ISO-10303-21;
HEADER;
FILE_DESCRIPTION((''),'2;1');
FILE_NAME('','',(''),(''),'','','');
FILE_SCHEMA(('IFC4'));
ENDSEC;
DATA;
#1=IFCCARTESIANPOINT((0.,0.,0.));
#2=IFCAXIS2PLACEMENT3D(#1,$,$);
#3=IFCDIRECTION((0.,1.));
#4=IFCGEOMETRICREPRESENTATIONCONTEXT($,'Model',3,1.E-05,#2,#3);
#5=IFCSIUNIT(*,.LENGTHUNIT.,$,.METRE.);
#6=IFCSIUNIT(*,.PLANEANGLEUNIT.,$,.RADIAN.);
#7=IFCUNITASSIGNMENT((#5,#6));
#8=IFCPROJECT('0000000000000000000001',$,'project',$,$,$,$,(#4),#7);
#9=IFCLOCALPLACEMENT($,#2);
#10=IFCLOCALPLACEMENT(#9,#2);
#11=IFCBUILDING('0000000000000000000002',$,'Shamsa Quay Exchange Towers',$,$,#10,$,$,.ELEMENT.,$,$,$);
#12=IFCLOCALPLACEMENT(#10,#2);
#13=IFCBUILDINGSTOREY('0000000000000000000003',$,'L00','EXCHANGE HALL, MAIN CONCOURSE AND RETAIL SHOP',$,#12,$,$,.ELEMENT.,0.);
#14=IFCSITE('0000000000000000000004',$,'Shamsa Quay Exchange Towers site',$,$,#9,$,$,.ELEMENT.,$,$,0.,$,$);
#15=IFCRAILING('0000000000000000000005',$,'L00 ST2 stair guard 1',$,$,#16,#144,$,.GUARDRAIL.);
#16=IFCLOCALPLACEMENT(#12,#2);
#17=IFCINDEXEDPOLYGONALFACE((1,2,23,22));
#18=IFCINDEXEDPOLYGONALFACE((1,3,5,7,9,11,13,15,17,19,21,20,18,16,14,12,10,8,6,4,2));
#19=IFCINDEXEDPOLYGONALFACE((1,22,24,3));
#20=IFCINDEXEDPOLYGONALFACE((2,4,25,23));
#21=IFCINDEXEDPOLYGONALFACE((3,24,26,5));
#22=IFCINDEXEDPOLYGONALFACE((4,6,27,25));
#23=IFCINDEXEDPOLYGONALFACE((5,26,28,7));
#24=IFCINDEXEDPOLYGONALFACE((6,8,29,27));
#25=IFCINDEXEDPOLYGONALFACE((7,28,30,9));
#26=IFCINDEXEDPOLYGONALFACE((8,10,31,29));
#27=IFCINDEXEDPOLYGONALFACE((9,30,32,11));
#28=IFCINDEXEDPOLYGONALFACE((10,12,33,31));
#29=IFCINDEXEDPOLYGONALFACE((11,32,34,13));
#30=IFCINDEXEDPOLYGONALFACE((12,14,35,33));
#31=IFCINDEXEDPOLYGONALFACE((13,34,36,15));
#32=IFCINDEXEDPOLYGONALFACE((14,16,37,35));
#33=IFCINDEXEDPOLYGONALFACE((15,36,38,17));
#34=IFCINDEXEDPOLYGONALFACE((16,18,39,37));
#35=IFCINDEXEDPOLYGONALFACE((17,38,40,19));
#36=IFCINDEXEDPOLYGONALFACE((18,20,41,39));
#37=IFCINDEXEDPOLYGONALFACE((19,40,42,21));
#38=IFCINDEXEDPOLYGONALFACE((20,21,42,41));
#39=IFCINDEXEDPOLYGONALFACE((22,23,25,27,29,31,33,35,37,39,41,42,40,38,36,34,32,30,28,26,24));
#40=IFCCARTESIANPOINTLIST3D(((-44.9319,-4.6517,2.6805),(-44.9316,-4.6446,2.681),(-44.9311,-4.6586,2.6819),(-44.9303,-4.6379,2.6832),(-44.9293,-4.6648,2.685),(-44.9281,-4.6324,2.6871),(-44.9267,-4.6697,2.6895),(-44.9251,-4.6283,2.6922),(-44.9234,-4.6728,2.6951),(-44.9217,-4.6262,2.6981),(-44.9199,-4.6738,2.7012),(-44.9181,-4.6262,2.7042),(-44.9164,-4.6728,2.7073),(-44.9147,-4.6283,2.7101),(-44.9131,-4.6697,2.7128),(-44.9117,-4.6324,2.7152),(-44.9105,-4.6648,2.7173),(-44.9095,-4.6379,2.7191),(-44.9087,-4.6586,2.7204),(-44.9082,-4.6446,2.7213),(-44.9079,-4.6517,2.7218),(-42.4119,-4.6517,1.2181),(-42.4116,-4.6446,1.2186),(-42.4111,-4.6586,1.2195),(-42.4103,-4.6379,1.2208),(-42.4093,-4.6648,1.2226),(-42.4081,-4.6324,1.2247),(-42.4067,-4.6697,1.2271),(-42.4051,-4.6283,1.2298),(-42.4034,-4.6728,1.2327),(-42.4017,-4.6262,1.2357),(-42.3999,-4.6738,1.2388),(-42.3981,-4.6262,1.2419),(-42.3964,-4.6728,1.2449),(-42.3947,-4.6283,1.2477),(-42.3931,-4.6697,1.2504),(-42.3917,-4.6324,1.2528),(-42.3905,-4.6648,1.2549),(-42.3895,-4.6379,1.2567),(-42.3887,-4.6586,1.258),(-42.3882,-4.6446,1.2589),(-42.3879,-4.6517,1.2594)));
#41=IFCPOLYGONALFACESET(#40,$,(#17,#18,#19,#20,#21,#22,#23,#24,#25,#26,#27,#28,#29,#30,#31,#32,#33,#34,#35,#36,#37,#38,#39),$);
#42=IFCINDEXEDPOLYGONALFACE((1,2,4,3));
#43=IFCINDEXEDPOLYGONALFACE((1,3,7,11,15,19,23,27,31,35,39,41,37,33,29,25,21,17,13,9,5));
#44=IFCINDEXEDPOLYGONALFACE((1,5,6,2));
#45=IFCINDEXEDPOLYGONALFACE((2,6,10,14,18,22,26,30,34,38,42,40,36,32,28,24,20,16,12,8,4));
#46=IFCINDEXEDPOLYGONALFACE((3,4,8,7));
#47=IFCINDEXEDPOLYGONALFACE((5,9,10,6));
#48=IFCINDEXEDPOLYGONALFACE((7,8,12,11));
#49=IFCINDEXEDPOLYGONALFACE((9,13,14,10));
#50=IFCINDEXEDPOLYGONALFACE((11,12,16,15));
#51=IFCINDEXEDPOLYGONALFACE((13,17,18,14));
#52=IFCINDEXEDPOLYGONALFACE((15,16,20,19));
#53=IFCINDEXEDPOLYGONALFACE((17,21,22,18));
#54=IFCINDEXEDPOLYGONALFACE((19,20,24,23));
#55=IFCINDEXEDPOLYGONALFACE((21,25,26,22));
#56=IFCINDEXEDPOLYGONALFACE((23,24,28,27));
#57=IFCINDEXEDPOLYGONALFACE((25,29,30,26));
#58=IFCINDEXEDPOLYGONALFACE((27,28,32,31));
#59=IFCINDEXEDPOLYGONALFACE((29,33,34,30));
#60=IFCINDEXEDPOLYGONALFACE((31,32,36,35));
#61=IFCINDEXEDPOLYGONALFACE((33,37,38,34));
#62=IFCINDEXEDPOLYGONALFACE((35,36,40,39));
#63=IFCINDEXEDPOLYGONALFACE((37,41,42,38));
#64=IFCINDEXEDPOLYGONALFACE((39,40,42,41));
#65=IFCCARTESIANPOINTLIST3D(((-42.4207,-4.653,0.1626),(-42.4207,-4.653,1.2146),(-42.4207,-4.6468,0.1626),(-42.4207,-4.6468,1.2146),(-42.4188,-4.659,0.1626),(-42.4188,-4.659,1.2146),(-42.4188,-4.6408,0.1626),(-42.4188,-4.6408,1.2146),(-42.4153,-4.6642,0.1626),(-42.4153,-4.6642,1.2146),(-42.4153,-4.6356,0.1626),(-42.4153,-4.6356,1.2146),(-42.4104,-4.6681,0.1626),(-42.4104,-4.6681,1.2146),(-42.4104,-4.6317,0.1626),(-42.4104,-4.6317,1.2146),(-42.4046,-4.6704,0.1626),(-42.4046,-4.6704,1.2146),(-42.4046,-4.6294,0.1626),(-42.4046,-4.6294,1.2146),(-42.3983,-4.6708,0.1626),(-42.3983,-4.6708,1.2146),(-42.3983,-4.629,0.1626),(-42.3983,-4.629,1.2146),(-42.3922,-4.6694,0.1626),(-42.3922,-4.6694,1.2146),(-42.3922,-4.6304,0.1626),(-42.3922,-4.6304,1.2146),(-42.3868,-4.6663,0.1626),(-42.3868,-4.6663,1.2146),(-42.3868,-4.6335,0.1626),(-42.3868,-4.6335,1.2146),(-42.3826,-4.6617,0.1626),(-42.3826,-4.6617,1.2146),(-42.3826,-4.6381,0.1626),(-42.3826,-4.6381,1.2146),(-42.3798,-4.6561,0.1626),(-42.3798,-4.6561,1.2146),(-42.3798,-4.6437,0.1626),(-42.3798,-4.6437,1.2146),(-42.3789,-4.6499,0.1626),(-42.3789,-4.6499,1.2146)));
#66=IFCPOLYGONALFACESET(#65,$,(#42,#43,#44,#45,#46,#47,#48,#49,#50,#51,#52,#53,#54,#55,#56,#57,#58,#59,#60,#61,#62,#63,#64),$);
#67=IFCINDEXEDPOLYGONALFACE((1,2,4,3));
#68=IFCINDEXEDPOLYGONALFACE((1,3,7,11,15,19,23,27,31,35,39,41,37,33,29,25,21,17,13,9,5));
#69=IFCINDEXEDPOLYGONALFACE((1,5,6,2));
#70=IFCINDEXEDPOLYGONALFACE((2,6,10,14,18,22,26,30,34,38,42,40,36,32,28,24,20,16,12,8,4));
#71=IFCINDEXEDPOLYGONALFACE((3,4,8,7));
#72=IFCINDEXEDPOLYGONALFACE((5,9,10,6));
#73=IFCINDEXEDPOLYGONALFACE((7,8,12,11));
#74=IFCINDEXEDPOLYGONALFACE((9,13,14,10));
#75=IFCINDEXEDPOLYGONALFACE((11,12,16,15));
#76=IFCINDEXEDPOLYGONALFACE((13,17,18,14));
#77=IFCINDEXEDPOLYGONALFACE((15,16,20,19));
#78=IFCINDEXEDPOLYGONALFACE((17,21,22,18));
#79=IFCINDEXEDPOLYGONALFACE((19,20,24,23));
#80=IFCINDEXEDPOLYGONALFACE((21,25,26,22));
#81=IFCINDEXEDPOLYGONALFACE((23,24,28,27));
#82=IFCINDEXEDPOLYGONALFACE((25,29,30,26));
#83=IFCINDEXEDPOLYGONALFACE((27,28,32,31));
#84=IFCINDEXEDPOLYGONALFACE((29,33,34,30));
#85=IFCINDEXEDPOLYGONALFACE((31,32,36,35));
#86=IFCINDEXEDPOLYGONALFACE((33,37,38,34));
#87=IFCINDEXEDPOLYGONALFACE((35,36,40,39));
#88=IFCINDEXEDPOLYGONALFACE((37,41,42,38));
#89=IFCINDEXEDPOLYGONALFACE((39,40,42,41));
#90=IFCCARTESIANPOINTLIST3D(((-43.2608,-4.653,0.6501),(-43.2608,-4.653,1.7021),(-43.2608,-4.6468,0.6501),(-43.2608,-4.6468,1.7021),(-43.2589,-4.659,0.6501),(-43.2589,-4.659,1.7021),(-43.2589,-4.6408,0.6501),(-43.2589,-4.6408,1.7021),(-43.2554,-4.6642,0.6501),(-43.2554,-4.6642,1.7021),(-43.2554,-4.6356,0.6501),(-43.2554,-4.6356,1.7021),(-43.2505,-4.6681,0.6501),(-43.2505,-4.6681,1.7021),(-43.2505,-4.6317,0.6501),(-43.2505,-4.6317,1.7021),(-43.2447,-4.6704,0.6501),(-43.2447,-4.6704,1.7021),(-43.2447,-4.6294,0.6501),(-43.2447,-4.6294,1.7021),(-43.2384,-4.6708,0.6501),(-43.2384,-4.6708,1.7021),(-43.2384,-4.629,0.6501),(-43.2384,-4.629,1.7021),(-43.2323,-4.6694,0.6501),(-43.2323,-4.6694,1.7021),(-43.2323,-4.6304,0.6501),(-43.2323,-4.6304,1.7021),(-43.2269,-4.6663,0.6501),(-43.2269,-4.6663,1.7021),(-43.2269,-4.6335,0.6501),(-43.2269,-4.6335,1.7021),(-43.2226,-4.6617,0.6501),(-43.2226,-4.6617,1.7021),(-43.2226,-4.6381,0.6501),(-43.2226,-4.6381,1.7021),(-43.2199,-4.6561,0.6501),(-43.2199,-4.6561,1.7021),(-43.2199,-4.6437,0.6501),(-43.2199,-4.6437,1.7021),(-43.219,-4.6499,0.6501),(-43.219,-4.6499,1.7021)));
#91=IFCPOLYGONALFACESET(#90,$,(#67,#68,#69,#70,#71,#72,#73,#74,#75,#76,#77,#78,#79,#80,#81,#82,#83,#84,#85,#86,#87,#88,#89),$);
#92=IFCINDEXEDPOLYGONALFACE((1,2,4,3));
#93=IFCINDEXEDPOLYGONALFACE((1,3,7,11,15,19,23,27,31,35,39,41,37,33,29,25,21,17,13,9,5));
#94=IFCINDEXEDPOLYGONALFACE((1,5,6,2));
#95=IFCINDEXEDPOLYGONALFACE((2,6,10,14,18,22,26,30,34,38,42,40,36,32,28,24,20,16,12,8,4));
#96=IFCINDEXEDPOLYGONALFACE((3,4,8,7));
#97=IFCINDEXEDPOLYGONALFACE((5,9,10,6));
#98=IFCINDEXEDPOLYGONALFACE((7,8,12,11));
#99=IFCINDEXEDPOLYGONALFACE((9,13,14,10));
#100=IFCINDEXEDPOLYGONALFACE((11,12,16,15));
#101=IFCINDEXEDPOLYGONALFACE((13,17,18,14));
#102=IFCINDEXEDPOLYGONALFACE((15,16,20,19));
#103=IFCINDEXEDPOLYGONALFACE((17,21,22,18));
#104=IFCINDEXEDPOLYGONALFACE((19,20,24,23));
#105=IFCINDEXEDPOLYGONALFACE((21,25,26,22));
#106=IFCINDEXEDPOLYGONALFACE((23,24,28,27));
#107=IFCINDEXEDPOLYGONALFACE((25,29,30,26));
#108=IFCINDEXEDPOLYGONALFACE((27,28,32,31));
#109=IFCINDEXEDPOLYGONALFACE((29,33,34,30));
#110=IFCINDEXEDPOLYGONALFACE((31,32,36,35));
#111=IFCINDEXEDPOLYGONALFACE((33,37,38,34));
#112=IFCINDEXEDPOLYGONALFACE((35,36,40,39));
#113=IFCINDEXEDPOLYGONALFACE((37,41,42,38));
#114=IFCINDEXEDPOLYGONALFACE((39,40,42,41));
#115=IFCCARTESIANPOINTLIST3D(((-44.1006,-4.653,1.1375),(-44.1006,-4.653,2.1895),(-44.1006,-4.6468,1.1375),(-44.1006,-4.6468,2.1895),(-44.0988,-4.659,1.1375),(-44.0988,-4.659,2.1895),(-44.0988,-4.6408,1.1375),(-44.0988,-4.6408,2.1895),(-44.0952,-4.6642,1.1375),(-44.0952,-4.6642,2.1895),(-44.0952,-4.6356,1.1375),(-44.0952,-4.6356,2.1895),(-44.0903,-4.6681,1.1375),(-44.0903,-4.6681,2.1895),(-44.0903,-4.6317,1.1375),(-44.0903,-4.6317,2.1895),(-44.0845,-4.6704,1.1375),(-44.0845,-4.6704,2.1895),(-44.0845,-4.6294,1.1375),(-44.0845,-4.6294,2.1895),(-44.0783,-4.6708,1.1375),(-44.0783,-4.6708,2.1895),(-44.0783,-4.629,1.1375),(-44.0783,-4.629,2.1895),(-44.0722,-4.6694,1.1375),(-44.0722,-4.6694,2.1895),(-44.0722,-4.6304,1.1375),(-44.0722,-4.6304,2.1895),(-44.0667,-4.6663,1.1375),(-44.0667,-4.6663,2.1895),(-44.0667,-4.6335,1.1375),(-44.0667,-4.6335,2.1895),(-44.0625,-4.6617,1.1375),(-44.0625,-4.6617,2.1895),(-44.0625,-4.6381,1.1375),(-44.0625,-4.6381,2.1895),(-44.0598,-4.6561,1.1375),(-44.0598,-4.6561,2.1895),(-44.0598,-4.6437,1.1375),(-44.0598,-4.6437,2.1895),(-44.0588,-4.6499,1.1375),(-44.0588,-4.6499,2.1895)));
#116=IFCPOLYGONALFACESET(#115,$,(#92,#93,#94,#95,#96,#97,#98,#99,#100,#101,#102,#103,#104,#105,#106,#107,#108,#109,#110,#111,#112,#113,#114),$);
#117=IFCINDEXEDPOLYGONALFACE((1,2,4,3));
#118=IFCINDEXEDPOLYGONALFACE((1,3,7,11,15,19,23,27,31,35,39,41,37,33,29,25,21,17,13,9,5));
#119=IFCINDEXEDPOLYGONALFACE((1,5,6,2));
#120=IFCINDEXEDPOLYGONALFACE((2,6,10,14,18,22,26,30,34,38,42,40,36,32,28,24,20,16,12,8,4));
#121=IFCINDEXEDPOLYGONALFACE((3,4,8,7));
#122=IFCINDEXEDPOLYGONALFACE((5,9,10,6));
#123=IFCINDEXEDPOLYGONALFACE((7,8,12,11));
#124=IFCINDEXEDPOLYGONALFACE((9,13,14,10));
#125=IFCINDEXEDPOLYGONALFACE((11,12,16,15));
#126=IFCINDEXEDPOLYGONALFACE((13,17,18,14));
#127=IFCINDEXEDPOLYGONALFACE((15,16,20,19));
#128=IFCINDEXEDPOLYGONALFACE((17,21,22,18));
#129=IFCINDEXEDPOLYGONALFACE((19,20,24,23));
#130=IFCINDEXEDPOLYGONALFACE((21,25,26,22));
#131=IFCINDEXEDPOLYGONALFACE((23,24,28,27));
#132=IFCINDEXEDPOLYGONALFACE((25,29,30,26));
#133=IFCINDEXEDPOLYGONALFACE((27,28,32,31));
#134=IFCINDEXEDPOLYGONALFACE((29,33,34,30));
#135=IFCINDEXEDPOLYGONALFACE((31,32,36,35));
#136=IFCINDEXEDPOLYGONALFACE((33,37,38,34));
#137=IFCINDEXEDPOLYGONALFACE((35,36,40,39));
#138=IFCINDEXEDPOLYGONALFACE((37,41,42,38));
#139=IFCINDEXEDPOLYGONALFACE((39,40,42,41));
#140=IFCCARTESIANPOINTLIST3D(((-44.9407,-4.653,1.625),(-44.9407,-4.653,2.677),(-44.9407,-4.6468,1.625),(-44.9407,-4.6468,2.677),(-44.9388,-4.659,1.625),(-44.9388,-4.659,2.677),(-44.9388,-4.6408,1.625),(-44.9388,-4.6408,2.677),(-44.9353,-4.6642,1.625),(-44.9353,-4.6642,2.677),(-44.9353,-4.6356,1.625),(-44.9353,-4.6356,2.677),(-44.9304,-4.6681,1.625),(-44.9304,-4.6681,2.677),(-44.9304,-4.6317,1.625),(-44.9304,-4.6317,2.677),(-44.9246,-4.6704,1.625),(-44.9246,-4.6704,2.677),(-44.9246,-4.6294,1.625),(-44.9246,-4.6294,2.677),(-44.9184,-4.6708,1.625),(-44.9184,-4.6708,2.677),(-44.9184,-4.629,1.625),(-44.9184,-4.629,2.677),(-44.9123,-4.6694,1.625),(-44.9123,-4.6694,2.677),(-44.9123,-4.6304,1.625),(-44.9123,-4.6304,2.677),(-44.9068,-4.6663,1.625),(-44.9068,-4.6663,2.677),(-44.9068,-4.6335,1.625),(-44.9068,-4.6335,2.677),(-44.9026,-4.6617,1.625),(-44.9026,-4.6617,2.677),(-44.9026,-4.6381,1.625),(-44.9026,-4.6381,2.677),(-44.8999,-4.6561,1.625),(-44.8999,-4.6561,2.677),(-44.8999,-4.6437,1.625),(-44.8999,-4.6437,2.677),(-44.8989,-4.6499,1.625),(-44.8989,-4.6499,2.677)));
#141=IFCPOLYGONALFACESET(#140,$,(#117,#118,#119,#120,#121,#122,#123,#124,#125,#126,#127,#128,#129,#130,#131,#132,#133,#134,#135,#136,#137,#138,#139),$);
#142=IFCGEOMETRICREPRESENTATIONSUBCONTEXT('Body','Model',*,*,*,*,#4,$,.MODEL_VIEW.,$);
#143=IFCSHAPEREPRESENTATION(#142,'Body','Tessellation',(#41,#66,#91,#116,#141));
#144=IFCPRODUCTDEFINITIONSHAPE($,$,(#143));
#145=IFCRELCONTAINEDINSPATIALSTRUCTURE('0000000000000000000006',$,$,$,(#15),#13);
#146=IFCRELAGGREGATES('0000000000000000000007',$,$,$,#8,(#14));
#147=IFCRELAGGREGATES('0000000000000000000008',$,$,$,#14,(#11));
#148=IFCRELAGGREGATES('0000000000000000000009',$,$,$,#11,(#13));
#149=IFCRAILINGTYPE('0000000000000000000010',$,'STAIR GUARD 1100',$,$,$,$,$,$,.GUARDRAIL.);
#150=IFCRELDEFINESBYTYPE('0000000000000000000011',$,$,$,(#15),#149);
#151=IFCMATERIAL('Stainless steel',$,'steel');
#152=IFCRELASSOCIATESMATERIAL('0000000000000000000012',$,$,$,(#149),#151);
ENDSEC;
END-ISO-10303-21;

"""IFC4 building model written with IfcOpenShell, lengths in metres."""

from ifc_helpers import new_model, si_unit, direction, frame, origin, origin_2d, place, context, subcontext, project, spatial, circle, extrude, material, type_object, element, save


model = new_model("IFC4")

# Units and contexts
model_context = context("Model", 3, precision=1e-05, world=origin(), true_north=direction((0.0, 1.0)))
body_context = subcontext(model_context, "Body", "Model", "MODEL_VIEW")
ifc_project = project(units=[si_unit("LENGTHUNIT", "METRE"), si_unit("PLANEANGLEUNIT", "RADIAN")], contexts=[model_context])

# Site, building, storey
site_placement = place(None, origin())
site = spatial("IfcSite", under=ifc_project, at=site_placement, Name="Shamsa Quay Exchange Towers site", CompositionType="ELEMENT", RefElevation=0.0)
building_placement = place(site_placement, origin())
building = spatial("IfcBuilding", under=site, at=building_placement, Name="Shamsa Quay Exchange Towers", CompositionType="ELEMENT")
storey_placement = place(building_placement, origin())
storey = spatial("IfcBuildingStorey", under=building, at=storey_placement, Name="L00", Description="EXCHANGE HALL, MAIN CONCOURSE AND RETAIL SHOP", CompositionType="ELEMENT", Elevation=0.0)

# Railing
ifc_material_1 = material(Name="Stainless steel", Category="steel")
railing_type_1 = type_object("IfcRailingType", Name="STAIR GUARD 1100", PredefinedType="GUARDRAIL", material=ifc_material_1)
railing_1_placement = place(storey_placement, frame((-42.3999, -4.6499, 0.1626)))
element("IfcRailing", 1, at=railing_1_placement, inside=storey, type_object=railing_type_1, Name="L00 ST2 stair guard 1", PredefinedType="GUARDRAIL", context=body_context, shape_type="SweptSolid", body=[
    extrude(circle(Radius=0.0239, at=origin_2d()), frame((0.0, 0.0, 1.0762), z_axis=(-0.864913, 0.0, 0.501921), x_axis=(0.0, -1.0, 0.0)), (0.0, 0.0, 1.0), 2.9136),
    extrude(circle(Radius=0.021, at=origin_2d()), origin(), (0.0, 0.0, 1.0), 1.052),
    extrude(circle(Radius=0.021, at=origin_2d()), frame((-0.8401, 0.0, 0.4875)), (0.0, 0.0, 1.0), 1.052),
    extrude(circle(Radius=0.021, at=origin_2d()), frame((-1.6799, 0.0, 0.9749)), (0.0, 0.0, 1.0), 1.052),
    extrude(circle(Radius=0.021, at=origin_2d()), frame((-2.52, 0.0, 1.4624)), (0.0, 0.0, 1.0), 1.052),
])

save(model, "model.ifc")
